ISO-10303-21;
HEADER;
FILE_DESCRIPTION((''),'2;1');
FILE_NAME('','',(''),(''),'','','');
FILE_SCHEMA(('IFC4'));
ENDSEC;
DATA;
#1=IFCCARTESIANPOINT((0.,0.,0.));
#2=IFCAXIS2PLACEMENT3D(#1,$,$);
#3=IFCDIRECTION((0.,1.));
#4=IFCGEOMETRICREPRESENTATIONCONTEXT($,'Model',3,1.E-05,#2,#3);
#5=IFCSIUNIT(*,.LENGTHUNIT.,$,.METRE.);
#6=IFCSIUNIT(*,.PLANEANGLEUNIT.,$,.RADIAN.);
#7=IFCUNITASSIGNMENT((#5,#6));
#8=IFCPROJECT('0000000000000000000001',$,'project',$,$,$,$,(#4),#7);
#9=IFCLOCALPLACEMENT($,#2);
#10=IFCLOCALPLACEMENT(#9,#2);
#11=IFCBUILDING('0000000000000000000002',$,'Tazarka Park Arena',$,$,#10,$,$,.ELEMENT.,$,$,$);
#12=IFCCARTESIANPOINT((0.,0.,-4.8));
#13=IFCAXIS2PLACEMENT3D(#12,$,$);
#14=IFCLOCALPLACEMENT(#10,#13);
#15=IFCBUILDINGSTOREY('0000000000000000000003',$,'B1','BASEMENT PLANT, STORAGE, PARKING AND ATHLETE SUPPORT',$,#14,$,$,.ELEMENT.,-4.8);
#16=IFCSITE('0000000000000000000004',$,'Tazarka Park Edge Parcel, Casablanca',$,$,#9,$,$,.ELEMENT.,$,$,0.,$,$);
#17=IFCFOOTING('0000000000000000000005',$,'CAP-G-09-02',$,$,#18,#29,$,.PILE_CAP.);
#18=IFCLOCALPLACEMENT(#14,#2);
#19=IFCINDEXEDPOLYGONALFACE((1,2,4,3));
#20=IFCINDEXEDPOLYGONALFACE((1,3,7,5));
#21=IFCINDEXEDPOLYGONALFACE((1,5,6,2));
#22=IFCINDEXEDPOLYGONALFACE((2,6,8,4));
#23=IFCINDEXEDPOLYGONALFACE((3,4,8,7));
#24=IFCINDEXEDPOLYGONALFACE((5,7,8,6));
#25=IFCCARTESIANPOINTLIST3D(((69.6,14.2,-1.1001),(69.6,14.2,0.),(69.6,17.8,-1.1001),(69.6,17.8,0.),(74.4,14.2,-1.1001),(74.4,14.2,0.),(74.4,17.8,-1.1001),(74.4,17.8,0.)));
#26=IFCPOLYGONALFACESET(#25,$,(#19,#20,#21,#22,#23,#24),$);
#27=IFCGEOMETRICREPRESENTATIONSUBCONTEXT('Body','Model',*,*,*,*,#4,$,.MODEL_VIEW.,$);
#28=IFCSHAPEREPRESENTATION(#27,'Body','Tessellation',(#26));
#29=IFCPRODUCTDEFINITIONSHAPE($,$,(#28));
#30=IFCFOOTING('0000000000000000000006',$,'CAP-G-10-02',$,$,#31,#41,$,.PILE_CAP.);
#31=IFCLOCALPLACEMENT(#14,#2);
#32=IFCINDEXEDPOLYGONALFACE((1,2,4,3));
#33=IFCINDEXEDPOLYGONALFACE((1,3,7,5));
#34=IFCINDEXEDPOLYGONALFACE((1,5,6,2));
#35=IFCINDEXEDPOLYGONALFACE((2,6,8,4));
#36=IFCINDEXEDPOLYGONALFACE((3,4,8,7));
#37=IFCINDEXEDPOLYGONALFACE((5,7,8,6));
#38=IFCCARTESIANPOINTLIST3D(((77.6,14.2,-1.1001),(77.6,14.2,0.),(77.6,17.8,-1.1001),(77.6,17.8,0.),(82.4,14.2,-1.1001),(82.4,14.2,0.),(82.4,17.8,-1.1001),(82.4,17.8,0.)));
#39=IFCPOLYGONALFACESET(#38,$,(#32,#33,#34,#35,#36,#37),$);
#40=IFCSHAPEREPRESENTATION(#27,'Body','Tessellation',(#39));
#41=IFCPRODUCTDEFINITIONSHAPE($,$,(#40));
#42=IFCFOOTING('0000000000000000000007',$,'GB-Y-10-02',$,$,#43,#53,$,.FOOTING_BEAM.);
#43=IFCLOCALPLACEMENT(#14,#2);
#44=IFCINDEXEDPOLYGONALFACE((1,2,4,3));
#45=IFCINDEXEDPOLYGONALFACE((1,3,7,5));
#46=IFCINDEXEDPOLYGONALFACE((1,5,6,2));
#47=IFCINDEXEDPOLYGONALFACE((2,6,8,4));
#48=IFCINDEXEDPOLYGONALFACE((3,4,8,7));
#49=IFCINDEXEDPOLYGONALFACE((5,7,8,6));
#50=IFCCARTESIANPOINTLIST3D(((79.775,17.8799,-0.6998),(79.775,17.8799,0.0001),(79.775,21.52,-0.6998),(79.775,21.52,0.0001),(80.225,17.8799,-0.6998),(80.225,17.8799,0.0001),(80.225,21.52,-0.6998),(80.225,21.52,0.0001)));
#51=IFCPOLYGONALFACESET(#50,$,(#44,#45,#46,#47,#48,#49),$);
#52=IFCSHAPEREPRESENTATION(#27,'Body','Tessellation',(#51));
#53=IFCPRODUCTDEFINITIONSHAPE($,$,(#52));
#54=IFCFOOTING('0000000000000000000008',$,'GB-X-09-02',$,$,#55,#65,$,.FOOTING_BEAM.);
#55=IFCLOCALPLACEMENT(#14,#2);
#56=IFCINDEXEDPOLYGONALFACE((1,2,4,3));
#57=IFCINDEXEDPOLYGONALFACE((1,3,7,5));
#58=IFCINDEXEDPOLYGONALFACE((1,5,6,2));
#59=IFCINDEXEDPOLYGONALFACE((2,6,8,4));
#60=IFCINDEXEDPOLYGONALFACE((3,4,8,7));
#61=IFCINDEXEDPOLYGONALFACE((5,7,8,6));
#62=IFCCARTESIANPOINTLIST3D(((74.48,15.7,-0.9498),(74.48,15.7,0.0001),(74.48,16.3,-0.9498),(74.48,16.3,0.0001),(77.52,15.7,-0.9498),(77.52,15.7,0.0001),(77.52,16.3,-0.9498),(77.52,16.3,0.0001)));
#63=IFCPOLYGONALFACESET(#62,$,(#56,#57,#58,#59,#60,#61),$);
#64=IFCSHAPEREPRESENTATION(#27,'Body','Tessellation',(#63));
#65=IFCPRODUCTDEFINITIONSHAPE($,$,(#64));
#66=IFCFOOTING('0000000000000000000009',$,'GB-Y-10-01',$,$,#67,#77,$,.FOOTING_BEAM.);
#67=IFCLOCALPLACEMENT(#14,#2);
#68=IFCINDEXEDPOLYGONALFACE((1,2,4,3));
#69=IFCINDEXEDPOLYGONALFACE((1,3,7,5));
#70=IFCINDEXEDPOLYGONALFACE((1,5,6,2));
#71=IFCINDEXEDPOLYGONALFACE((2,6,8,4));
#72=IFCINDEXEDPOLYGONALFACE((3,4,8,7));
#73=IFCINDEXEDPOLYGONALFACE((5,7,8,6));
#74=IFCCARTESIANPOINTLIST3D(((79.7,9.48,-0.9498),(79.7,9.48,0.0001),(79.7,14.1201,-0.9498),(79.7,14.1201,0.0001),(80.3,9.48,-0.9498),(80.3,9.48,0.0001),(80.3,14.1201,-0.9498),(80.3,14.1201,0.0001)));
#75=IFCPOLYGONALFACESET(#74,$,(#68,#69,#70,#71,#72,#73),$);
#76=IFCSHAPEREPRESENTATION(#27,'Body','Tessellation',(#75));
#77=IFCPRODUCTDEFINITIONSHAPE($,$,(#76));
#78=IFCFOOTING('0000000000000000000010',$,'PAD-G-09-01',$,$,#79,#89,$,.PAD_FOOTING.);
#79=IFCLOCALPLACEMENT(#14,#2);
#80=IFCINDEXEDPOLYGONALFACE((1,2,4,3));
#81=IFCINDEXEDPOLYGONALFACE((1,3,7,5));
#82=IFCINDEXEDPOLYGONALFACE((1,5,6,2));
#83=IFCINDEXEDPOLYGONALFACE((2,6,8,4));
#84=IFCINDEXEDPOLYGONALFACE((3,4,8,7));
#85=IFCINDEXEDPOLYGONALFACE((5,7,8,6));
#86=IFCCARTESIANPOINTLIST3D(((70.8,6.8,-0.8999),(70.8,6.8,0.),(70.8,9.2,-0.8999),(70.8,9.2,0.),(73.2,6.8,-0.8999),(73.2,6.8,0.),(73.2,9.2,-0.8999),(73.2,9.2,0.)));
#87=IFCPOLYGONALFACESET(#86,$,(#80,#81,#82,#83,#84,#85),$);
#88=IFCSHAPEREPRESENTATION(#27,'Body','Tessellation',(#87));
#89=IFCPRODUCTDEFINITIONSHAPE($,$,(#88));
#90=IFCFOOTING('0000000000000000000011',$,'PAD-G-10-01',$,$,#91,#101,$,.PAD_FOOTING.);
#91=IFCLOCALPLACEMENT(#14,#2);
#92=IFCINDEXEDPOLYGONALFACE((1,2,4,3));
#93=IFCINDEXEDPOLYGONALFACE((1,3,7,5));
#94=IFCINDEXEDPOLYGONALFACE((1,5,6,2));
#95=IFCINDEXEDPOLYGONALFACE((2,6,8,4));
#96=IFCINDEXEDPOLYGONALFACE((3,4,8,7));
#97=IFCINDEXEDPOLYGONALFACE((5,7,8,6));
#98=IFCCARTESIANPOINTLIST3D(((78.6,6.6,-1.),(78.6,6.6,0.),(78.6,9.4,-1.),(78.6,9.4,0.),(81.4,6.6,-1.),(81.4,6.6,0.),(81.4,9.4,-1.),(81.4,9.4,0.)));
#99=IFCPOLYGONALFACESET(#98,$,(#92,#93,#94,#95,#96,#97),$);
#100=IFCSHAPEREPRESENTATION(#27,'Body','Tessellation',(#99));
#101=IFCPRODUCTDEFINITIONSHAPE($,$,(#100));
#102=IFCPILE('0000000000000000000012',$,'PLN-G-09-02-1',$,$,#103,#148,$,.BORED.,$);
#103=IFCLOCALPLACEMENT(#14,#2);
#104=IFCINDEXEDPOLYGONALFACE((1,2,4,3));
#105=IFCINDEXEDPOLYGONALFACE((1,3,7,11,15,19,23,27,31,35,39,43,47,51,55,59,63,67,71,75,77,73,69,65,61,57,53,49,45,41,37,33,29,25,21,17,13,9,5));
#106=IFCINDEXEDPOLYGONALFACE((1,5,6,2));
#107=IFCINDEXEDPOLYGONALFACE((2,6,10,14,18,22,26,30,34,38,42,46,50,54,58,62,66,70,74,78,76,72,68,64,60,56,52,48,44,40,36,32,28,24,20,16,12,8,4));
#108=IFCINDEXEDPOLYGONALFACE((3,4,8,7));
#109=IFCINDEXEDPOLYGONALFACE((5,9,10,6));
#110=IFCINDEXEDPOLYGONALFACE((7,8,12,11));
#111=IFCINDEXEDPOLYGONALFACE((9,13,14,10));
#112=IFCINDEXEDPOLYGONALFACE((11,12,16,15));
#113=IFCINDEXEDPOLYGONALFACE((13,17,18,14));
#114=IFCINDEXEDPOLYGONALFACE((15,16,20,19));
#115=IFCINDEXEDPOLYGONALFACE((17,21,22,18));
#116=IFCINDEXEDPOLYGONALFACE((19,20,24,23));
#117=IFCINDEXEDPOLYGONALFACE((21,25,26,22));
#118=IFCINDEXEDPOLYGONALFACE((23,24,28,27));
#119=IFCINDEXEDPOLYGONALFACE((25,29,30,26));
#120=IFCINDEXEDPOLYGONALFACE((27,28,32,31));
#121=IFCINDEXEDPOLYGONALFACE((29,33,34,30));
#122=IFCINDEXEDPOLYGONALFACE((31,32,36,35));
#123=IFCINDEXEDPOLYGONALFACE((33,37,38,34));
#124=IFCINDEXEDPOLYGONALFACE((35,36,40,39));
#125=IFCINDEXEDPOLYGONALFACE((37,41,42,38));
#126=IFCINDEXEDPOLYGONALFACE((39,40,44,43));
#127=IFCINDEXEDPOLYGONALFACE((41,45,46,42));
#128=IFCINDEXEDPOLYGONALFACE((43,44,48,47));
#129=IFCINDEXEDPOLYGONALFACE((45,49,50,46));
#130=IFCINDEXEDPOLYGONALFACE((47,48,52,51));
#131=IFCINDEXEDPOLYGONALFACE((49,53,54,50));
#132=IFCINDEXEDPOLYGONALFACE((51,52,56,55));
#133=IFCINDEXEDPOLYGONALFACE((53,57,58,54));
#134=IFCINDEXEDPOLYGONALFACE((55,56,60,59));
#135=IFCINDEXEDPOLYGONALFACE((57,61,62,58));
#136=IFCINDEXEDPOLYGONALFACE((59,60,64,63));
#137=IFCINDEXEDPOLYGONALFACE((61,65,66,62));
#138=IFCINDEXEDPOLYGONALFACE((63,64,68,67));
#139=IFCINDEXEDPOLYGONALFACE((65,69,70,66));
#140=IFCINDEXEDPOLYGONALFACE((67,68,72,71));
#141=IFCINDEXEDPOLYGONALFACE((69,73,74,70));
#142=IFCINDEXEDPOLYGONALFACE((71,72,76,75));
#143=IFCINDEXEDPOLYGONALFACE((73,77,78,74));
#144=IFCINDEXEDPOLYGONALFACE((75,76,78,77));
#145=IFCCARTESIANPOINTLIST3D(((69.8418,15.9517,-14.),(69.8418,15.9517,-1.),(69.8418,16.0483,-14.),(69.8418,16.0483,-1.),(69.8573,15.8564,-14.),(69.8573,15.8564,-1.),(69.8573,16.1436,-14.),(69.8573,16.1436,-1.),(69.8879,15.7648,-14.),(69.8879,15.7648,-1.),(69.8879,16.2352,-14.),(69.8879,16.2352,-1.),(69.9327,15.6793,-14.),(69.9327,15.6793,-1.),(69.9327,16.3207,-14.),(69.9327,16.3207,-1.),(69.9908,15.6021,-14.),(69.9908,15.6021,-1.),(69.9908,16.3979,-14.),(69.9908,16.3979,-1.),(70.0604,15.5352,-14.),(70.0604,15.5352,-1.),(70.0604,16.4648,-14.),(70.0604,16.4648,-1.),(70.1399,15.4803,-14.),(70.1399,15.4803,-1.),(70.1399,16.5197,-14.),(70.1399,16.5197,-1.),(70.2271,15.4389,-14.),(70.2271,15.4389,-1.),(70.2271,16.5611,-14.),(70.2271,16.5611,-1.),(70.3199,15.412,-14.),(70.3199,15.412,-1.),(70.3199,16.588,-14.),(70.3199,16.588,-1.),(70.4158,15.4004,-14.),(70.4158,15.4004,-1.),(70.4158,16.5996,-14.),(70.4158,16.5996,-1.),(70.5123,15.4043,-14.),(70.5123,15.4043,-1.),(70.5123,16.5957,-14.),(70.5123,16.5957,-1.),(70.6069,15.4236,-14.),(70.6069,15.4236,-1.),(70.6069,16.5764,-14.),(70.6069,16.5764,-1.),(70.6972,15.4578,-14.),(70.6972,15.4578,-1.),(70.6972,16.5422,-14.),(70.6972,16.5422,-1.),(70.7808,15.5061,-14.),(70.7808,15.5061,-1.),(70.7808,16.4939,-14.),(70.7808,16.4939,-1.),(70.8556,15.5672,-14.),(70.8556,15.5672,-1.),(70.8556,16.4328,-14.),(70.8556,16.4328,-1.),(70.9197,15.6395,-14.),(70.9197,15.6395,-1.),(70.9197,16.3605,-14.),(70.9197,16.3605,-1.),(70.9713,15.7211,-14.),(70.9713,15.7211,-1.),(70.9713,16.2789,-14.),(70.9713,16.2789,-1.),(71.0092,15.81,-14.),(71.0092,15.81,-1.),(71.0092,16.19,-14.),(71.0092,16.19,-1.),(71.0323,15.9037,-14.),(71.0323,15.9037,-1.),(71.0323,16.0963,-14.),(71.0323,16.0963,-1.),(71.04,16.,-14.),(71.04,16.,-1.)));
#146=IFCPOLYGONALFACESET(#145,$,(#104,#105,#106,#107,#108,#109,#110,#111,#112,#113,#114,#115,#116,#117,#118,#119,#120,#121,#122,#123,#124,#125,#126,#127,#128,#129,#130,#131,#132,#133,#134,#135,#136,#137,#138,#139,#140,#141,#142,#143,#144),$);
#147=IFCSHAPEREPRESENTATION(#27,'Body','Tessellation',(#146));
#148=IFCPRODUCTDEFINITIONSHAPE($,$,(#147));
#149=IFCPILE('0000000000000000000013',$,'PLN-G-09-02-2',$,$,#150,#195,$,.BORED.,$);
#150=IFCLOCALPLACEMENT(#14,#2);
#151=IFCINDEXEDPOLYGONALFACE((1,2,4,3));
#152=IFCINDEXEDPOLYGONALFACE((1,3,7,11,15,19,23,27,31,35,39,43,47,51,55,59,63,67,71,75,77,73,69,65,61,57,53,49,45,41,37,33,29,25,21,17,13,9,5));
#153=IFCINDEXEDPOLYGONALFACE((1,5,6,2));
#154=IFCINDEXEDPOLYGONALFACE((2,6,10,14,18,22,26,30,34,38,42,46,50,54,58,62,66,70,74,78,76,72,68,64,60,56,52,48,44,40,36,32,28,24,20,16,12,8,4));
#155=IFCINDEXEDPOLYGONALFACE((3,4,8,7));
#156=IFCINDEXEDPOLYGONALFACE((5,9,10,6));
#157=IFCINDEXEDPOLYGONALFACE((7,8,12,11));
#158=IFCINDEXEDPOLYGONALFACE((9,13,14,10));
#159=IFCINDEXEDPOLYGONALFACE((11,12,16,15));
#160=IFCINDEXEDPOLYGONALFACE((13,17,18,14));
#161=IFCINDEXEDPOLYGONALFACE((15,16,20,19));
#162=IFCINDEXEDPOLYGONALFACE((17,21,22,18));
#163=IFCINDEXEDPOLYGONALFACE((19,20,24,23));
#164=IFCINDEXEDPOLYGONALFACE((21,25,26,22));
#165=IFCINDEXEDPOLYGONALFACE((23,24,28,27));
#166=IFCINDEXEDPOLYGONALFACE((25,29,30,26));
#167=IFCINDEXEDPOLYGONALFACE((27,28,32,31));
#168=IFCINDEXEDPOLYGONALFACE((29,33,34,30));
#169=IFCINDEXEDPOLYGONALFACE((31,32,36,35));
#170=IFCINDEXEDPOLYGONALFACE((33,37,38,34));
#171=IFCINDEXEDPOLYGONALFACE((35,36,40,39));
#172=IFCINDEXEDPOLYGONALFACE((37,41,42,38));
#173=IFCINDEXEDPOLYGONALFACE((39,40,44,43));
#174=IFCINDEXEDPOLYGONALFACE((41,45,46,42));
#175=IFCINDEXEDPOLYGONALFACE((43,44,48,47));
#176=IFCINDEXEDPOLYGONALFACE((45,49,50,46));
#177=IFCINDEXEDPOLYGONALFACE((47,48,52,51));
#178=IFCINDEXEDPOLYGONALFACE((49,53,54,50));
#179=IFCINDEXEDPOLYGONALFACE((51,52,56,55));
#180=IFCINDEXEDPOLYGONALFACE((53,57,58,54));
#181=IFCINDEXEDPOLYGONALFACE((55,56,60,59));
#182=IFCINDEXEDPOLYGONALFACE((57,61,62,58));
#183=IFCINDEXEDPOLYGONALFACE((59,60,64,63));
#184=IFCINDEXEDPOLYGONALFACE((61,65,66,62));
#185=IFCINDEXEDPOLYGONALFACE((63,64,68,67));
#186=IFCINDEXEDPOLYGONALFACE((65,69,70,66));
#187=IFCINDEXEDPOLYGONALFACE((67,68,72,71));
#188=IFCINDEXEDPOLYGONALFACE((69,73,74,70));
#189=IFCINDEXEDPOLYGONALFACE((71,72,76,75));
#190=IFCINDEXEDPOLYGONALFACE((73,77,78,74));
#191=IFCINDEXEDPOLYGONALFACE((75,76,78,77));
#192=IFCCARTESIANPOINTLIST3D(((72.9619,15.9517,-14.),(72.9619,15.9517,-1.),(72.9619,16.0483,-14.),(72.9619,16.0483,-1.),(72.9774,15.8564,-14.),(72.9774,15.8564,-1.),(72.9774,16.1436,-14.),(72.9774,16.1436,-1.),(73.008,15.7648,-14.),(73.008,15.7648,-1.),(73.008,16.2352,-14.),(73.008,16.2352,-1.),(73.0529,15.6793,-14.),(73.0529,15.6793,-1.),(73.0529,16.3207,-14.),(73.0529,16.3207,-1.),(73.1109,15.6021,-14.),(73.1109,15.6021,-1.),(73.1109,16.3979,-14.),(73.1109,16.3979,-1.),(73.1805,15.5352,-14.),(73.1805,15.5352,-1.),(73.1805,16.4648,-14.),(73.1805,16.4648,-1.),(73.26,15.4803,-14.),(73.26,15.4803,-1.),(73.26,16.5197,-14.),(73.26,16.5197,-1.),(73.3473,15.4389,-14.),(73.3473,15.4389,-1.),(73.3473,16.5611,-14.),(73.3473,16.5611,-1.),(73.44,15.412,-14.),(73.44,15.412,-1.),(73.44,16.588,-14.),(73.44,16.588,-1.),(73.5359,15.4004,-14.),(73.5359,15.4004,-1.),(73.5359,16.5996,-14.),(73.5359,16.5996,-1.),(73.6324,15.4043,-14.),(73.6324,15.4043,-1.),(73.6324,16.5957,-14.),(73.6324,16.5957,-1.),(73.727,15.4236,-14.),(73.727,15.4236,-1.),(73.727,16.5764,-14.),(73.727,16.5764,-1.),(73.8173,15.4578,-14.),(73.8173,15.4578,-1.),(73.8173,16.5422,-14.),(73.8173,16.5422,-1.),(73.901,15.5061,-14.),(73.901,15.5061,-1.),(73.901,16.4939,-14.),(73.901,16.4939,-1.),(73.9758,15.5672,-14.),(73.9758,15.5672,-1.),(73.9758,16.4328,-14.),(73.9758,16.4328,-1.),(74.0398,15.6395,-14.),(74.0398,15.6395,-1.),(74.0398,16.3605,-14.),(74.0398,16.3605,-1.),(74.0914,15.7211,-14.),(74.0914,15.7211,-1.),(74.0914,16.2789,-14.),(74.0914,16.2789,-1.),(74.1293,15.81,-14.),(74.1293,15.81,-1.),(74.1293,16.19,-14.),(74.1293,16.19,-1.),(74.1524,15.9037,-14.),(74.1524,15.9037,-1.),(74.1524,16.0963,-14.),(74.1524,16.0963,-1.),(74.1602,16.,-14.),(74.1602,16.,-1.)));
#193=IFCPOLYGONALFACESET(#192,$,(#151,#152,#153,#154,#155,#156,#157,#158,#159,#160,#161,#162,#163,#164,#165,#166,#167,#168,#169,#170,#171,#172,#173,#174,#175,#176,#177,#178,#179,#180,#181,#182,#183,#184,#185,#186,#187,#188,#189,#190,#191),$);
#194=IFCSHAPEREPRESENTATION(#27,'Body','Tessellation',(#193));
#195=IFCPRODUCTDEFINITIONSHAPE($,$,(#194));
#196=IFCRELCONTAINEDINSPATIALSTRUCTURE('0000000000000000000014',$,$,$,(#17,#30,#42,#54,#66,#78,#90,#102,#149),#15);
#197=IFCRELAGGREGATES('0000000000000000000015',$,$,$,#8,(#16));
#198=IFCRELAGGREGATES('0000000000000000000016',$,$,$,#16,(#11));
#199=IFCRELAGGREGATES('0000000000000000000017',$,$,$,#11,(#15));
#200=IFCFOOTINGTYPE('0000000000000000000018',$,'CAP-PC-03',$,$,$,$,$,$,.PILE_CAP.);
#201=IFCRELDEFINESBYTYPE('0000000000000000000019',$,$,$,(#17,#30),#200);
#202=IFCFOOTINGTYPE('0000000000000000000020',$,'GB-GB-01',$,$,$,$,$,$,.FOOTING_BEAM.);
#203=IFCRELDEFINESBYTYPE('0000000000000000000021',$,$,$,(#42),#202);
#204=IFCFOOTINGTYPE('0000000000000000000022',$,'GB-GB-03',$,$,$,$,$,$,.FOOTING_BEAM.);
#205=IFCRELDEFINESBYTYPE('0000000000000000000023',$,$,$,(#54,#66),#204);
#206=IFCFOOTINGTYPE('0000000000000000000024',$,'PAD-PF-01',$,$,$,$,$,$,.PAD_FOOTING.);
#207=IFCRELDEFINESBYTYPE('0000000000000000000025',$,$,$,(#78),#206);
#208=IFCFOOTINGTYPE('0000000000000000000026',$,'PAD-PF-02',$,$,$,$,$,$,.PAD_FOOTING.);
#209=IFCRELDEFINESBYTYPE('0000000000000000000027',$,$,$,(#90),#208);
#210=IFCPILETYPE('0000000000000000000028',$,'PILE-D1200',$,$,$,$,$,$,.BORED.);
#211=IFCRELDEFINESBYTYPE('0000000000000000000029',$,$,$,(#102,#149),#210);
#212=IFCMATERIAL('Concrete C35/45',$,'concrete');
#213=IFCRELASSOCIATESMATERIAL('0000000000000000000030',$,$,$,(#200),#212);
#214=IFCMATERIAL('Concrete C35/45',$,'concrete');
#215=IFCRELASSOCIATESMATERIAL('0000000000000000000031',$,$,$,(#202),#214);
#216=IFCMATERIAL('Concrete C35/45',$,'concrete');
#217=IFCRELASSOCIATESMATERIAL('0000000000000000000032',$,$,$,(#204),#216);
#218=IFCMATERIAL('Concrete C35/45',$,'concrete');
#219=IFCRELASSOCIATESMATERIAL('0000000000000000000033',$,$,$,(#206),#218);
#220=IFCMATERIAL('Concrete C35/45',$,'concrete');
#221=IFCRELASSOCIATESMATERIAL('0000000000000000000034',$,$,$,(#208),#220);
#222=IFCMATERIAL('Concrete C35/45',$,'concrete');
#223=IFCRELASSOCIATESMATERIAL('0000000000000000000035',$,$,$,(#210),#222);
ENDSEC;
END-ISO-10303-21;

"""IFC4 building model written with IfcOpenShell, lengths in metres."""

from ifc_helpers import new_model, si_unit, direction, frame, origin, origin_2d, place, context, subcontext, project, spatial, rectangle, circle, extrude, material, material_profile, profile_set, type_object, element, save


model = new_model("IFC4")

# Units and contexts
model_context = context("Model", 3, precision=1e-05, world=origin(), true_north=direction((0.0, 1.0)))
body_context = subcontext(model_context, "Body", "Model", "MODEL_VIEW")
ifc_project = project(units=[si_unit("LENGTHUNIT", "METRE"), si_unit("PLANEANGLEUNIT", "RADIAN")], contexts=[model_context])

# Site, building, storey
site_placement = place(None, origin())
site = spatial("IfcSite", under=ifc_project, at=site_placement, Name="Tazarka Park Edge Parcel, Casablanca", CompositionType="ELEMENT", RefElevation=0.0)
building_placement = place(site_placement, origin())
building = spatial("IfcBuilding", under=site, at=building_placement, Name="Tazarka Park Arena", CompositionType="ELEMENT")
storey_placement = place(building_placement, frame((0.0, 0.0, -4.8)))
storey = spatial("IfcBuildingStorey", under=building, at=storey_placement, Name="B1", Description="BASEMENT PLANT, STORAGE, PARKING AND ATHLETE SUPPORT", CompositionType="ELEMENT", Elevation=-4.8)

# Footings
ifc_material_1 = material(Name="Concrete C35/45", Category="concrete")
footing_type_1 = type_object("IfcFootingType", Name="CAP-PC-03", PredefinedType="PILE_CAP", material=ifc_material_1)
for number, where, z_axis, x_axis, name in (
    (1, (72.0, 16.0, -1.1001), (0.0, 0.0, 1.0), (1.0, 0.0, 0.0), "CAP-G-09-02"),
    (2, (80.0, 16.0, -1.1001), (0.0, 0.0, 1.0), (1.0, 0.0, 0.0), "CAP-G-10-02"),
):
    element("IfcFooting", number, at=place(storey_placement, frame(where, z_axis=z_axis, x_axis=x_axis)), inside=storey, type_object=footing_type_1, Name=name, PredefinedType="PILE_CAP", context=body_context, shape_type="SweptSolid", body=[
        extrude(rectangle(XDim=4.8, YDim=3.6001, at=origin_2d()), origin(), (0.0, 0.0, 1.0), 1.1001),
    ])
ifc_material_2 = material(Name="Concrete C35/45", Category="concrete")
ifc_material_profile_1 = material_profile(ifc_material_2, rectangle(XDim=0.45, YDim=0.7, at=origin_2d()), Name="Concrete C35/45")
ifc_profile_set_1 = profile_set([ifc_material_profile_1], Name="Concrete C35/45")
footing_type_2 = type_object("IfcFootingType", Name="GB-GB-01", PredefinedType="FOOTING_BEAM", material=ifc_profile_set_1)
footing_1_placement = place(storey_placement, frame((80.0, 17.8799, -0.3499), z_axis=(0.0, 1.0, 0.0), x_axis=(-1.0, 0.0, 0.0)))
element("IfcFooting", 3, at=footing_1_placement, inside=storey, type_object=footing_type_2, Name="GB-Y-10-02", PredefinedType="FOOTING_BEAM", context=body_context, shape_type="SweptSolid", body=[
    extrude(rectangle(XDim=0.45, YDim=0.7, at=origin_2d()), origin(), (0.0, 0.0, 1.0), 3.6401),
])
ifc_material_3 = material(Name="Concrete C35/45", Category="concrete")
ifc_material_profile_2 = material_profile(ifc_material_3, rectangle(XDim=0.6001, YDim=0.95, at=origin_2d()), Name="Concrete C35/45")
ifc_profile_set_2 = profile_set([ifc_material_profile_2], Name="Concrete C35/45")
footing_type_3 = type_object("IfcFootingType", Name="GB-GB-03", PredefinedType="FOOTING_BEAM", material=ifc_profile_set_2)
footing_2_placement = place(storey_placement, frame((74.48, 16.0, -0.4749), z_axis=(1.0, 0.0, 0.0), x_axis=(0.0, 1.0, 0.0)))
element("IfcFooting", 4, at=footing_2_placement, inside=storey, type_object=footing_type_3, Name="GB-X-09-02", PredefinedType="FOOTING_BEAM", context=body_context, shape_type="SweptSolid", body=[
    extrude(rectangle(XDim=0.6001, YDim=0.95, at=origin_2d()), origin(), (0.0, 0.0, 1.0), 3.04),
])
footing_3_placement = place(storey_placement, frame((80.0, 9.48, -0.4749), z_axis=(0.0, 1.0, 0.0), x_axis=(-1.0, 0.0, 0.0)))
element("IfcFooting", 5, at=footing_3_placement, inside=storey, type_object=footing_type_3, Name="GB-Y-10-01", PredefinedType="FOOTING_BEAM", context=body_context, shape_type="SweptSolid", body=[
    extrude(rectangle(XDim=0.6001, YDim=0.95, at=origin_2d()), origin(), (0.0, 0.0, 1.0), 4.6401),
])
ifc_material_4 = material(Name="Concrete C35/45", Category="concrete")
footing_type_4 = type_object("IfcFootingType", Name="PAD-PF-01", PredefinedType="PAD_FOOTING", material=ifc_material_4)
footing_4_placement = place(storey_placement, frame((72.0, 8.0, -0.8999), z_axis=(0.0, 0.0, 1.0), x_axis=(1.0, 0.0, 0.0)))
element("IfcFooting", 6, at=footing_4_placement, inside=storey, type_object=footing_type_4, Name="PAD-G-09-01", PredefinedType="PAD_FOOTING", context=body_context, shape_type="SweptSolid", body=[
    extrude(rectangle(XDim=2.3999, YDim=2.3999, at=origin_2d()), origin(), (0.0, 0.0, 1.0), 0.8999),
])
ifc_material_5 = material(Name="Concrete C35/45", Category="concrete")
footing_type_5 = type_object("IfcFootingType", Name="PAD-PF-02", PredefinedType="PAD_FOOTING", material=ifc_material_5)
footing_5_placement = place(storey_placement, frame((80.0, 8.0, -1.0), z_axis=(0.0, 0.0, 1.0), x_axis=(1.0, 0.0, 0.0)))
element("IfcFooting", 7, at=footing_5_placement, inside=storey, type_object=footing_type_5, Name="PAD-G-10-01", PredefinedType="PAD_FOOTING", context=body_context, shape_type="SweptSolid", body=[
    extrude(rectangle(XDim=2.8, YDim=2.8, at=origin_2d()), origin(), (0.0, 0.0, 1.0), 1.0),
])

# Piles
ifc_material_6 = material(Name="Concrete C35/45", Category="concrete")
ifc_material_profile_3 = material_profile(ifc_material_6, circle(Radius=0.6001, at=origin_2d()), Name="Concrete C35/45")
ifc_profile_set_3 = profile_set([ifc_material_profile_3], Name="Concrete C35/45")
pile_type_1 = type_object("IfcPileType", Name="PILE-D1200", PredefinedType="BORED", material=ifc_profile_set_3)
for number, where, z_axis, x_axis, name in (
    (8, (70.4399, 16.0, -1.0), (0.0, 0.0, -1.0), (1.0, 0.0, 0.0), "PLN-G-09-02-1"),
    (9, (73.5601, 16.0, -1.0), (0.0, 0.0, -1.0), (1.0, 0.0, 0.0), "PLN-G-09-02-2"),
):
    element("IfcPile", number, at=place(storey_placement, frame(where, z_axis=z_axis, x_axis=x_axis)), inside=storey, type_object=pile_type_1, Name=name, PredefinedType="BORED", context=body_context, shape_type="SweptSolid", body=[
        extrude(circle(Radius=0.6001, at=origin_2d()), origin(), (0.0, 0.0, 1.0), 13.0),
    ])

save(model, "model.ifc")
